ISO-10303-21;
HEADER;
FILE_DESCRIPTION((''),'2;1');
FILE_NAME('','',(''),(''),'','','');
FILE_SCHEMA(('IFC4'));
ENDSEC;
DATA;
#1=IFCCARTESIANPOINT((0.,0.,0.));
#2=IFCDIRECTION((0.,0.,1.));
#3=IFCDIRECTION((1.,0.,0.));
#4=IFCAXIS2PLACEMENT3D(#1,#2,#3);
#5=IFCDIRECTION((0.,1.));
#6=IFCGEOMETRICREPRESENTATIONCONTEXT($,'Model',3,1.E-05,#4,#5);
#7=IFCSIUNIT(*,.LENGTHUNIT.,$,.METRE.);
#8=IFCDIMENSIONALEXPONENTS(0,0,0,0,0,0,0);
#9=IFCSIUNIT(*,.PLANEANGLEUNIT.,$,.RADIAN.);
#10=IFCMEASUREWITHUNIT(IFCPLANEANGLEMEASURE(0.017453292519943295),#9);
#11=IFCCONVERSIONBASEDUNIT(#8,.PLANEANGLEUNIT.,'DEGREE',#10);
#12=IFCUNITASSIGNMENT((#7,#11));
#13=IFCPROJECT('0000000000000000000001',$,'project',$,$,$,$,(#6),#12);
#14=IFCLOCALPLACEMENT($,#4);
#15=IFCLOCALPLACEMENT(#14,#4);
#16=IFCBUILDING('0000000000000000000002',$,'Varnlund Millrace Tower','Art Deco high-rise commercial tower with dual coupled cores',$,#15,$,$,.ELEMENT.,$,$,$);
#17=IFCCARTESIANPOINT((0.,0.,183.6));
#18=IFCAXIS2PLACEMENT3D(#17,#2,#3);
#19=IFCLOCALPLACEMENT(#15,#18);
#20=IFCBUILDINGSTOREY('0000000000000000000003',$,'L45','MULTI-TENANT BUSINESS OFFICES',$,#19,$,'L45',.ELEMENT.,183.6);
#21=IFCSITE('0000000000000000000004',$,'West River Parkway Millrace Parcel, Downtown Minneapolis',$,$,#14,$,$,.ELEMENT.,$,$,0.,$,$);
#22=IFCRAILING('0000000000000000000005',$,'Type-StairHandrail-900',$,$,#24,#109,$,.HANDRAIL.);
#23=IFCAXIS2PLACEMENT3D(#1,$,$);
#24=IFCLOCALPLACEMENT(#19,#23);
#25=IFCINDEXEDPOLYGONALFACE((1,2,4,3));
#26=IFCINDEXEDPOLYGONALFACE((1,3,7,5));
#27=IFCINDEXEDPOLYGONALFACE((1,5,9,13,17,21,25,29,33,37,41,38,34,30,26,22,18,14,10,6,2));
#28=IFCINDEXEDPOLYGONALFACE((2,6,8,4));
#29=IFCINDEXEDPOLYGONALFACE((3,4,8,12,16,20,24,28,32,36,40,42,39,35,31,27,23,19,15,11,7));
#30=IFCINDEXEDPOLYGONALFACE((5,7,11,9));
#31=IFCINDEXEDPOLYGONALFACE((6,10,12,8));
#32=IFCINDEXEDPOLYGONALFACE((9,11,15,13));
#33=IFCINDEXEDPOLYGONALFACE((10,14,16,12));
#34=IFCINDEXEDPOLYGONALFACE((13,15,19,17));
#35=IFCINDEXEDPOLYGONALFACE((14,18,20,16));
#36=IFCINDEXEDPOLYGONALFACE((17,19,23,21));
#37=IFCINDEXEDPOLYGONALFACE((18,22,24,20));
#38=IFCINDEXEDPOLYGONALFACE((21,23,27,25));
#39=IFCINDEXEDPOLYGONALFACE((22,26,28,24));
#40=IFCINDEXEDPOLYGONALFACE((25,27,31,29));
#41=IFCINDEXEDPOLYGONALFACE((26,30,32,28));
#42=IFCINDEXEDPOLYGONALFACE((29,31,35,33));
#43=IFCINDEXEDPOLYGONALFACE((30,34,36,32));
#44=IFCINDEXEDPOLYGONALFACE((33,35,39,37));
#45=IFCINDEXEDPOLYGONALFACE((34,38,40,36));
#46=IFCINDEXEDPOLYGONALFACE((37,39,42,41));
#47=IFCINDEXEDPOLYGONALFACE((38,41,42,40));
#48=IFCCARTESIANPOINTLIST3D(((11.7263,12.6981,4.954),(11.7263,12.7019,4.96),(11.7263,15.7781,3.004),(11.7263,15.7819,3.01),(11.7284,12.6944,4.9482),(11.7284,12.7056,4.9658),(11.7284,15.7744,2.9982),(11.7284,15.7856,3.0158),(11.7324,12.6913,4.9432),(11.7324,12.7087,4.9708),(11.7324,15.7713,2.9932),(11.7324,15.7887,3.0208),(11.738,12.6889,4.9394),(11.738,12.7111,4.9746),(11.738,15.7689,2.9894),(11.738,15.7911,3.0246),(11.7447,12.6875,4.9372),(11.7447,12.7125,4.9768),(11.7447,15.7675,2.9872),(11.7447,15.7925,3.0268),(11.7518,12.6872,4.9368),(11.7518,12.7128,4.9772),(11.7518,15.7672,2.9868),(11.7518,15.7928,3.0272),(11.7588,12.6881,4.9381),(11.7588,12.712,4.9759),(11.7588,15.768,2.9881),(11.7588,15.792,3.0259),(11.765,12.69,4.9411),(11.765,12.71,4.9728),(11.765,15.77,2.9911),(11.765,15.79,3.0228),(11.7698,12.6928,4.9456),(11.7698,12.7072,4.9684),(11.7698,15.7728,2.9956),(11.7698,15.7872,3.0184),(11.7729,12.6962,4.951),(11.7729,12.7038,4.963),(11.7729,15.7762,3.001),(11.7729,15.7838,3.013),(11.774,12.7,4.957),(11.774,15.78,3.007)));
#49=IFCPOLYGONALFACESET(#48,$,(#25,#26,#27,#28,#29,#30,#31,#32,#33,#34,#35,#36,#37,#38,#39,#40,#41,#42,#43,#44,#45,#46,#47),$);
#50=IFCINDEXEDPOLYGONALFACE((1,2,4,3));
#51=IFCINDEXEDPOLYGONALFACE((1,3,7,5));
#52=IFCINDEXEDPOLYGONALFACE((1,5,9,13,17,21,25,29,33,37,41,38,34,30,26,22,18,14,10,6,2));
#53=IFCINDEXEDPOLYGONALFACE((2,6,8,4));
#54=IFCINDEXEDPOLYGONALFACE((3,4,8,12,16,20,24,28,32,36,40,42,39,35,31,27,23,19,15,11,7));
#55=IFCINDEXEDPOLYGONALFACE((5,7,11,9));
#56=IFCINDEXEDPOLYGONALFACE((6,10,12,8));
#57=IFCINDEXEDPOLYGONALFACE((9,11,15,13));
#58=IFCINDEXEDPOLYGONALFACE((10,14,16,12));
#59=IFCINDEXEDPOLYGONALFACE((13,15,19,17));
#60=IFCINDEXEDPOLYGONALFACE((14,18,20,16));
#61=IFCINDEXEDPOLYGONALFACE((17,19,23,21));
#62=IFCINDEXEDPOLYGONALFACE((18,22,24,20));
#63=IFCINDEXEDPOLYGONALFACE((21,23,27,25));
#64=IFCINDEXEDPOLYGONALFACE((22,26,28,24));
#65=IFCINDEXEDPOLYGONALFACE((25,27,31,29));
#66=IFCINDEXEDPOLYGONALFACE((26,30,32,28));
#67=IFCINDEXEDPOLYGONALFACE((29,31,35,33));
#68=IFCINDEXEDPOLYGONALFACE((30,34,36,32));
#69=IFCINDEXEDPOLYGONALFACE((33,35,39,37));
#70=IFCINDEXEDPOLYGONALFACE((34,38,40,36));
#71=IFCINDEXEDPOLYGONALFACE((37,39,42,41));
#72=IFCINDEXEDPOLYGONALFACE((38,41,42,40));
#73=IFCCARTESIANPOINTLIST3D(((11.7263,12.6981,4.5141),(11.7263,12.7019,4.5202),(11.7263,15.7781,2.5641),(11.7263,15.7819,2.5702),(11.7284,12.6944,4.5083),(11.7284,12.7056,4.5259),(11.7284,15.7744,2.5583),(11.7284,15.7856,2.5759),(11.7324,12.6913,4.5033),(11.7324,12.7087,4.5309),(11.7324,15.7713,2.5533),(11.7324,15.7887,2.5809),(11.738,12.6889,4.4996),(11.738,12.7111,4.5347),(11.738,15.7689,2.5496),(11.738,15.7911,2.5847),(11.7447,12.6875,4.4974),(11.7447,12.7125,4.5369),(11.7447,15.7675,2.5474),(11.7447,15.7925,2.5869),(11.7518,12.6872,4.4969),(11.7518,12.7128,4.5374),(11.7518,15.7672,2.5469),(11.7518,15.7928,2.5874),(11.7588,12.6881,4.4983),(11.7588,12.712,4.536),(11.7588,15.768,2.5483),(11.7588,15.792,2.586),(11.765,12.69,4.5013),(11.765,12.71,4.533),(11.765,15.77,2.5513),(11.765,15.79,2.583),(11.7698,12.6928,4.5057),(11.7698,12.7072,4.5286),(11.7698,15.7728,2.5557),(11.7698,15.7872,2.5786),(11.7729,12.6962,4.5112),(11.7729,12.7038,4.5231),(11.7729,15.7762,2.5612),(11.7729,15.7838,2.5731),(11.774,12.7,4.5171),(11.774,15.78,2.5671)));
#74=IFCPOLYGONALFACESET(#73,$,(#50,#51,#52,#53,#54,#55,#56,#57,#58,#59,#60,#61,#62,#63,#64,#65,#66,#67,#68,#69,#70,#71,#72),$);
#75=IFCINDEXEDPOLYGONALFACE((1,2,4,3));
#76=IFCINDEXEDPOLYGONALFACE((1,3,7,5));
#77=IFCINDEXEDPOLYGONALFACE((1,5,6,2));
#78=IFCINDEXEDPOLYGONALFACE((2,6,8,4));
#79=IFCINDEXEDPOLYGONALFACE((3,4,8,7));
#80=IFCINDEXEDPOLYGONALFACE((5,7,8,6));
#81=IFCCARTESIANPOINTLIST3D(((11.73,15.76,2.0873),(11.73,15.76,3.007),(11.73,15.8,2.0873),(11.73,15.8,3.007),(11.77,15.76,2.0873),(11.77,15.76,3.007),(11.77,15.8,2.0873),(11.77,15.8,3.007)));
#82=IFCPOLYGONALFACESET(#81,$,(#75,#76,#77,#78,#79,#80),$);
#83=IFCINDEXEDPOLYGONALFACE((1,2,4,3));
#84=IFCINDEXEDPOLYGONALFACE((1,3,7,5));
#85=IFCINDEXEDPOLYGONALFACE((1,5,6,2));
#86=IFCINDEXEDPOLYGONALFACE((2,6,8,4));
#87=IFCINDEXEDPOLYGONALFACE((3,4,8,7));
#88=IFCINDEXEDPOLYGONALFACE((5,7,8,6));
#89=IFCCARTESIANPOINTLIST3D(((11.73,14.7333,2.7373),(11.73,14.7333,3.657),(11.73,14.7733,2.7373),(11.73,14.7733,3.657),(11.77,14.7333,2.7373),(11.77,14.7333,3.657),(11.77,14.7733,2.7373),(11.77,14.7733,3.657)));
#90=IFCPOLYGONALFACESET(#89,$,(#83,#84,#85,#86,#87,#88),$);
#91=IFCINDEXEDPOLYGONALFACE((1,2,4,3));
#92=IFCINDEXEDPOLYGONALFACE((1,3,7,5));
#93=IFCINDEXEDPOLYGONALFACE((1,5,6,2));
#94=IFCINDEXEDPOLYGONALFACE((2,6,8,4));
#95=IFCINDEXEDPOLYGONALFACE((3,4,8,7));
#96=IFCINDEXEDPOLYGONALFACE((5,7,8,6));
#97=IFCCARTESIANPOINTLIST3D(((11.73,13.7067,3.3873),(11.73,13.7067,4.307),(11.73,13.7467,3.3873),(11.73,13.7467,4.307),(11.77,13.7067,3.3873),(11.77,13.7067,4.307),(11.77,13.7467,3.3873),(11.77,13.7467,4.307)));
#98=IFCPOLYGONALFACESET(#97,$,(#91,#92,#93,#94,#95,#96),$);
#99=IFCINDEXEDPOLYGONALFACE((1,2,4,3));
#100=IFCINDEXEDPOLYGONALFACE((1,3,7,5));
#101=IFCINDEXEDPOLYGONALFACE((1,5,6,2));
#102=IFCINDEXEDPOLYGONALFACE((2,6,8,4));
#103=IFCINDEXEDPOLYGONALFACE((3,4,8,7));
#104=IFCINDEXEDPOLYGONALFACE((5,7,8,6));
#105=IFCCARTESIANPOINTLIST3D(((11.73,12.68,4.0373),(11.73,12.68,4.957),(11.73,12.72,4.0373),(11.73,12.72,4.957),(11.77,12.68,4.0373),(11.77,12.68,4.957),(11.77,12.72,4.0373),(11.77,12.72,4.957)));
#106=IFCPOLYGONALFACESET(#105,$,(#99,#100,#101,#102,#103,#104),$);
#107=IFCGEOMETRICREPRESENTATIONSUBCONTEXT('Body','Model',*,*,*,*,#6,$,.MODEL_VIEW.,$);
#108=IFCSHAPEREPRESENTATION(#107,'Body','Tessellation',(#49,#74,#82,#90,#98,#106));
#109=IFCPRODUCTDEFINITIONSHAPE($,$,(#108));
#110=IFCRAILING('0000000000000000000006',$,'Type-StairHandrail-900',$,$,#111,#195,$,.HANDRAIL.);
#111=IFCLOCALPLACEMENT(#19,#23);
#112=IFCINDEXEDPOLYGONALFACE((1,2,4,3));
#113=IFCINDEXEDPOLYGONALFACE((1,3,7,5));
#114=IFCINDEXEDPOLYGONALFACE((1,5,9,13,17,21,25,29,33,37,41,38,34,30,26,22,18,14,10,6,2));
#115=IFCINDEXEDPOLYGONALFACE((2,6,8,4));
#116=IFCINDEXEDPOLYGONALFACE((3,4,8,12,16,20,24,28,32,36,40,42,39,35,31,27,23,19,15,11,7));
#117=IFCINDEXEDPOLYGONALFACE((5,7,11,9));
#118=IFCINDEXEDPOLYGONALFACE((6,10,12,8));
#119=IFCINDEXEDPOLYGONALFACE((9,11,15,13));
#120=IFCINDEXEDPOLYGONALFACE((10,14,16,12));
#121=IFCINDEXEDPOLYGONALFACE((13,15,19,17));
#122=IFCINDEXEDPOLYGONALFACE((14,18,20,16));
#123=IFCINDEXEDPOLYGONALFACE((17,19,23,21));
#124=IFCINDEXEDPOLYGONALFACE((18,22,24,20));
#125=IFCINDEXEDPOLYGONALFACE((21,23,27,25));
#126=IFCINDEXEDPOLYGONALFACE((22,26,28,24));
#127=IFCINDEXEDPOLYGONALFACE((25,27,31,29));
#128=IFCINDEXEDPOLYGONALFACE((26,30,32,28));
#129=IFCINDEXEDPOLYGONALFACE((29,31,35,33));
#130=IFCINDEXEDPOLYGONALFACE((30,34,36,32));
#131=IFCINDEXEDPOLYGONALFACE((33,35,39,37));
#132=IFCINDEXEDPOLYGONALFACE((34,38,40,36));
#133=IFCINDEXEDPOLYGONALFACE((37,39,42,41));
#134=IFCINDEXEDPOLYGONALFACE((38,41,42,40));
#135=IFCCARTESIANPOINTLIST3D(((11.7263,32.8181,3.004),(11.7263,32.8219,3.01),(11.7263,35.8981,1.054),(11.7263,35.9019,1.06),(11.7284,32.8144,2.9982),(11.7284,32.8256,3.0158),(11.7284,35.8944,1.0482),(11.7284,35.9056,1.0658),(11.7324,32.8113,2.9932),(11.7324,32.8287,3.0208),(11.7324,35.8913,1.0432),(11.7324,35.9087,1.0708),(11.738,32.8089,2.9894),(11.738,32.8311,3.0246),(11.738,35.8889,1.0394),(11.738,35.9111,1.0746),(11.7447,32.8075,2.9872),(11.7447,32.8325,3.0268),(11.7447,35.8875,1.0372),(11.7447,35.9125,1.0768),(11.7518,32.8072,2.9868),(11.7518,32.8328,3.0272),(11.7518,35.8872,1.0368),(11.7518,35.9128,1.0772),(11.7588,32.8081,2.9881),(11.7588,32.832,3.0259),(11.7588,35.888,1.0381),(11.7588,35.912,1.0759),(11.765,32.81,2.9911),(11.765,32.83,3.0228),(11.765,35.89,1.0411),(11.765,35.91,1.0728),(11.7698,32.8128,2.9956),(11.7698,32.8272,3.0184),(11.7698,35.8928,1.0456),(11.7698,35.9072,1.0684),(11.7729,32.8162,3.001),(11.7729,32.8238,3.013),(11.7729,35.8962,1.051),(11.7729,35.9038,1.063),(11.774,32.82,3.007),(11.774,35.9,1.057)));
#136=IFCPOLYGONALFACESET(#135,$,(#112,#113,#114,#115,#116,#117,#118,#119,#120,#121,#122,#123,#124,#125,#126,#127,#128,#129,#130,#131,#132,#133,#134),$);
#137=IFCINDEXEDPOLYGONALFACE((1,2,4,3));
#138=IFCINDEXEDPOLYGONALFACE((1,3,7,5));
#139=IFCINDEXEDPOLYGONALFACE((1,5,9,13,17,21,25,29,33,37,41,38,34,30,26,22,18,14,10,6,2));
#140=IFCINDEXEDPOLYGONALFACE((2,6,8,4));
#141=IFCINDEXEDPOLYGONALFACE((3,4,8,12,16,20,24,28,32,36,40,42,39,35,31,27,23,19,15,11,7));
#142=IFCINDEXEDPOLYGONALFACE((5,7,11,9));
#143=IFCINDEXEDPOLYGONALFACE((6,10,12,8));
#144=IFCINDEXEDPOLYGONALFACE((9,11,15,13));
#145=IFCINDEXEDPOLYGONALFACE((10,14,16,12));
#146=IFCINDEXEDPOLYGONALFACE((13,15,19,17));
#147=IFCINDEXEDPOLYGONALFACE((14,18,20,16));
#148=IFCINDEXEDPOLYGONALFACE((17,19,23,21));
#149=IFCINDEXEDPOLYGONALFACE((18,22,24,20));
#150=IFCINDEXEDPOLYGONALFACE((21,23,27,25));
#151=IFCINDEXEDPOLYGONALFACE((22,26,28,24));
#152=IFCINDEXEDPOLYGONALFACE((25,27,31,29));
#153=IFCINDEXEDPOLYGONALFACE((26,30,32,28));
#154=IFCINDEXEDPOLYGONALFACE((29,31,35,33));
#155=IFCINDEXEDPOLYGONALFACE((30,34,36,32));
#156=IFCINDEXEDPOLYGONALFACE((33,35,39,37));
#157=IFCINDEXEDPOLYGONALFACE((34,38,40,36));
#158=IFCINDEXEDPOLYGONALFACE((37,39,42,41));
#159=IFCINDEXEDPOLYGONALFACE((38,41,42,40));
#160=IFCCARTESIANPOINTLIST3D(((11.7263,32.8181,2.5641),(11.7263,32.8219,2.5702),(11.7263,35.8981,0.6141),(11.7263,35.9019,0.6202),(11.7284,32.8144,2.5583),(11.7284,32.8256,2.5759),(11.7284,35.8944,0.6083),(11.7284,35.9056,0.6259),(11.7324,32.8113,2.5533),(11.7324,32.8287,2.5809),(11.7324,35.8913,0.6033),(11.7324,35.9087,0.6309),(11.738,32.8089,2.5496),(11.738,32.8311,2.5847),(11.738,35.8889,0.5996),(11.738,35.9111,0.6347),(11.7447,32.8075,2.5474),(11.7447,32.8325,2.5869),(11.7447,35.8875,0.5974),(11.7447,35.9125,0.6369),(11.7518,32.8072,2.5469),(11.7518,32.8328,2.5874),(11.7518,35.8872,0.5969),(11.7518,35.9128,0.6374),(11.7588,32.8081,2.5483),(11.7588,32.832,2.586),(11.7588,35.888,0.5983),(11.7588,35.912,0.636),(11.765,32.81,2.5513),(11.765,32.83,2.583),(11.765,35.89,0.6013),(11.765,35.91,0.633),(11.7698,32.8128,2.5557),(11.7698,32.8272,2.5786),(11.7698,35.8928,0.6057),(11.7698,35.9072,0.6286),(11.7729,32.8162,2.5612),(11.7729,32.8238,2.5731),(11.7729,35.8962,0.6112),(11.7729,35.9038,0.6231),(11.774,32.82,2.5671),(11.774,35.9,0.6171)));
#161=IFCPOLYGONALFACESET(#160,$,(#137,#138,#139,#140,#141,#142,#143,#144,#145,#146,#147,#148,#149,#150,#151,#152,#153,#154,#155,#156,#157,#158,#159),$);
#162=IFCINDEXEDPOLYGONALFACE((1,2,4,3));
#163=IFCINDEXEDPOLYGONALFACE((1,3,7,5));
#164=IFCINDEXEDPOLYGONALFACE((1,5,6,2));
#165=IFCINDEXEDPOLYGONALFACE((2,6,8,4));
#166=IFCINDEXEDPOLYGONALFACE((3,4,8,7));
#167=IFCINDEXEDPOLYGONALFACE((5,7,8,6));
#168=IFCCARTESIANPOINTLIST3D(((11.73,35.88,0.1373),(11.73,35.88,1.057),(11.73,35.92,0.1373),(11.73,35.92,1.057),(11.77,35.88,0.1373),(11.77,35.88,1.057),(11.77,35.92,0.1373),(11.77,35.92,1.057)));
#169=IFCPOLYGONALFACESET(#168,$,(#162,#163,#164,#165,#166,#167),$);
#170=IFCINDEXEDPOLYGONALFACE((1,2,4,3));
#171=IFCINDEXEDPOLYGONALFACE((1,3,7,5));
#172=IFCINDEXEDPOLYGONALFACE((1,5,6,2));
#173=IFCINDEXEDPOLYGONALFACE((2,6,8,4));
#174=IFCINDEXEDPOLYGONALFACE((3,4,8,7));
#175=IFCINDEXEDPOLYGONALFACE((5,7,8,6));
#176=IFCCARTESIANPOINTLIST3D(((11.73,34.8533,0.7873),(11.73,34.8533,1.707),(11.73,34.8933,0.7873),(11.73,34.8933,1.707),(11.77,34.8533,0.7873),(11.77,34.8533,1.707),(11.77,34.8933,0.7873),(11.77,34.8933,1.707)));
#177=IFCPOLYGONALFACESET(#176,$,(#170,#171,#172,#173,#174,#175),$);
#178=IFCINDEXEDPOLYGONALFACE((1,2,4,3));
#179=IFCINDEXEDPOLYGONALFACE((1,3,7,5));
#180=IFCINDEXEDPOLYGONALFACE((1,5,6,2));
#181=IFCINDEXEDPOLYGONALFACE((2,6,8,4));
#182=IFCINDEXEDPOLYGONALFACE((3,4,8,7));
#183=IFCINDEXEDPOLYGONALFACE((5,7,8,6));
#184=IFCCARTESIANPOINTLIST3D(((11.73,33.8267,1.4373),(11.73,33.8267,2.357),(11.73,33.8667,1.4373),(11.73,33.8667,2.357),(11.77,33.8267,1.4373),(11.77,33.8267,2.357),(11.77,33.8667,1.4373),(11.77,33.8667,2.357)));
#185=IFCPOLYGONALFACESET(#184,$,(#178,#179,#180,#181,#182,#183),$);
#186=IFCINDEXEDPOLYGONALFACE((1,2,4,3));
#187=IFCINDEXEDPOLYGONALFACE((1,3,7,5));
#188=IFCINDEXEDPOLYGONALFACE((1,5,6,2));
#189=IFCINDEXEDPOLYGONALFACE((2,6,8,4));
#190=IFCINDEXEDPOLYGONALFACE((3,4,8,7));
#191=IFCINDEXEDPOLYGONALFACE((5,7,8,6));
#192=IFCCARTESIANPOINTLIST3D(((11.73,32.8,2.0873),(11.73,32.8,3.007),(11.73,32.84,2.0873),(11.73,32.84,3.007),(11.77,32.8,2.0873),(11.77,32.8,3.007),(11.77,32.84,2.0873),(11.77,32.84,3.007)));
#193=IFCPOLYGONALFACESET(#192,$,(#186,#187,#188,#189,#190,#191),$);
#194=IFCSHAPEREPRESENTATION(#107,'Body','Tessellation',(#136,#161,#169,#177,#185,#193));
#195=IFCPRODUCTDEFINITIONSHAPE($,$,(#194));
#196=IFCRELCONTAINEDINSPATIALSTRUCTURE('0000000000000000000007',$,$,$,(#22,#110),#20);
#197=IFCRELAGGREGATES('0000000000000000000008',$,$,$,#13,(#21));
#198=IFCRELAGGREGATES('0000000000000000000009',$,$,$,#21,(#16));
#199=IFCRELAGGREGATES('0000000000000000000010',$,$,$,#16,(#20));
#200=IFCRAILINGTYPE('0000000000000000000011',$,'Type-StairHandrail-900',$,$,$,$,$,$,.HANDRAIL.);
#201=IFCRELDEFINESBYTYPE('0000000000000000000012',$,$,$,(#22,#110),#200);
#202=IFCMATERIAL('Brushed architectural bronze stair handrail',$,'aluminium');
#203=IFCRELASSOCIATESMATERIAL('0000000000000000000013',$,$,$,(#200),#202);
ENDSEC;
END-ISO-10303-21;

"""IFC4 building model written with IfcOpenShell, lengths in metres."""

from ifc_helpers import new_model, entity, si_unit, converted_unit, direction, frame, origin_with_axes, origin_2d_with_axis, place, context, subcontext, project, spatial, rectangle, circle, extrude, material, type_object, element, save


model = new_model("IFC4")

# Units and contexts
model_context = context("Model", 3, precision=1e-05, world=origin_with_axes(), true_north=direction((0.0, 1.0)))
body_context = subcontext(model_context, "Body", "Model", "MODEL_VIEW")
ifc_project = project(units=[si_unit("LENGTHUNIT", "METRE"), converted_unit("PLANEANGLEUNIT", "DEGREE", entity("IfcPlaneAngleMeasure", 0.017453292519943295), si_unit("PLANEANGLEUNIT", "RADIAN"), dimensions=[0, 0, 0, 0, 0, 0, 0])], contexts=[model_context])

# Site, building, storey
site_placement = place(None, origin_with_axes())
site = spatial("IfcSite", under=ifc_project, at=site_placement, Name="West River Parkway Millrace Parcel, Downtown Minneapolis", CompositionType="ELEMENT", RefElevation=0.0)
building_placement = place(site_placement, origin_with_axes())
building = spatial("IfcBuilding", under=site, at=building_placement, Name="Varnlund Millrace Tower", Description="Art Deco high-rise commercial tower with dual coupled cores", CompositionType="ELEMENT")
storey_placement = place(building_placement, frame((0.0, 0.0, 183.6), z_axis=(0.0, 0.0, 1.0), x_axis=(1.0, 0.0, 0.0)))
storey = spatial("IfcBuildingStorey", under=building, at=storey_placement, Name="L45", Description="MULTI-TENANT BUSINESS OFFICES", LongName="L45", CompositionType="ELEMENT", Elevation=183.6)

# Railings
ifc_material_1 = material(Name="Brushed architectural bronze stair handrail", Category="aluminium")
railing_type_1 = type_object("IfcRailingType", Name="Type-StairHandrail-900", PredefinedType="HANDRAIL", material=ifc_material_1)
railing_1_placement = place(storey_placement, frame((0.0, 0.0, -183.6), z_axis=(0.0, 0.0, 1.0), x_axis=(1.0, 0.0, 0.0)))
element("IfcRailing", 1, at=railing_1_placement, inside=storey, type_object=railing_type_1, Name="Type-StairHandrail-900", PredefinedType="HANDRAIL", context=body_context, shape_type="SweptSolid", body=[
    extrude(circle(Radius=0.024, at=origin_2d_with_axis()), frame((11.75, 15.78, 186.607), z_axis=(0.0, -0.844902, 0.534922), x_axis=(1.0, 0.0, 0.0)), (0.0, 0.0, 1.0), 3.6454),
    extrude(circle(Radius=0.024, at=origin_2d_with_axis()), frame((11.75, 15.78, 186.1671), z_axis=(0.0, -0.844902, 0.534922), x_axis=(1.0, 0.0, 0.0)), (0.0, 0.0, 1.0), 3.6454),
    extrude(rectangle(XDim=0.04, YDim=0.04, at=origin_2d_with_axis()), frame((11.75, 15.78, 185.6873), z_axis=(0.0, 0.0, 1.0), x_axis=(1.0, 0.0, 0.0)), (0.0, 0.0, 1.0), 0.9197),
    extrude(rectangle(XDim=0.04, YDim=0.04, at=origin_2d_with_axis()), frame((11.75, 14.7533, 186.3373), z_axis=(0.0, 0.0, 1.0), x_axis=(1.0, 0.0, 0.0)), (0.0, 0.0, 1.0), 0.9197),
    extrude(rectangle(XDim=0.04, YDim=0.04, at=origin_2d_with_axis()), frame((11.75, 13.7267, 186.9873), z_axis=(0.0, 0.0, 1.0), x_axis=(1.0, 0.0, 0.0)), (0.0, 0.0, 1.0), 0.9197),
    extrude(rectangle(XDim=0.04, YDim=0.04, at=origin_2d_with_axis()), frame((11.75, 12.7, 187.6373), z_axis=(0.0, 0.0, 1.0), x_axis=(1.0, 0.0, 0.0)), (0.0, 0.0, 1.0), 0.9197),
])
railing_2_placement = place(storey_placement, frame((0.0, 0.0, -183.6), z_axis=(0.0, 0.0, 1.0), x_axis=(1.0, 0.0, 0.0)))
element("IfcRailing", 2, at=railing_2_placement, inside=storey, type_object=railing_type_1, Name="Type-StairHandrail-900", PredefinedType="HANDRAIL", context=body_context, shape_type="SweptSolid", body=[
    extrude(circle(Radius=0.024, at=origin_2d_with_axis()), frame((11.75, 35.9, 184.657), z_axis=(0.0, -0.844902, 0.534922), x_axis=(1.0, 0.0, 0.0)), (0.0, 0.0, 1.0), 3.6454),
    extrude(circle(Radius=0.024, at=origin_2d_with_axis()), frame((11.75, 35.9, 184.2171), z_axis=(0.0, -0.844902, 0.534922), x_axis=(1.0, 0.0, 0.0)), (0.0, 0.0, 1.0), 3.6454),
    extrude(rectangle(XDim=0.04, YDim=0.04, at=origin_2d_with_axis()), frame((11.75, 35.9, 183.7373), z_axis=(0.0, 0.0, 1.0), x_axis=(1.0, 0.0, 0.0)), (0.0, 0.0, 1.0), 0.9197),
    extrude(rectangle(XDim=0.04, YDim=0.04, at=origin_2d_with_axis()), frame((11.75, 34.8733, 184.3873), z_axis=(0.0, 0.0, 1.0), x_axis=(1.0, 0.0, 0.0)), (0.0, 0.0, 1.0), 0.9197),
    extrude(rectangle(XDim=0.04, YDim=0.04, at=origin_2d_with_axis()), frame((11.75, 33.8467, 185.0373), z_axis=(0.0, 0.0, 1.0), x_axis=(1.0, 0.0, 0.0)), (0.0, 0.0, 1.0), 0.9197),
    extrude(rectangle(XDim=0.04, YDim=0.04, at=origin_2d_with_axis()), frame((11.75, 32.82, 185.6873), z_axis=(0.0, 0.0, 1.0), x_axis=(1.0, 0.0, 0.0)), (0.0, 0.0, 1.0), 0.9197),
])

save(model, "model.ifc")
